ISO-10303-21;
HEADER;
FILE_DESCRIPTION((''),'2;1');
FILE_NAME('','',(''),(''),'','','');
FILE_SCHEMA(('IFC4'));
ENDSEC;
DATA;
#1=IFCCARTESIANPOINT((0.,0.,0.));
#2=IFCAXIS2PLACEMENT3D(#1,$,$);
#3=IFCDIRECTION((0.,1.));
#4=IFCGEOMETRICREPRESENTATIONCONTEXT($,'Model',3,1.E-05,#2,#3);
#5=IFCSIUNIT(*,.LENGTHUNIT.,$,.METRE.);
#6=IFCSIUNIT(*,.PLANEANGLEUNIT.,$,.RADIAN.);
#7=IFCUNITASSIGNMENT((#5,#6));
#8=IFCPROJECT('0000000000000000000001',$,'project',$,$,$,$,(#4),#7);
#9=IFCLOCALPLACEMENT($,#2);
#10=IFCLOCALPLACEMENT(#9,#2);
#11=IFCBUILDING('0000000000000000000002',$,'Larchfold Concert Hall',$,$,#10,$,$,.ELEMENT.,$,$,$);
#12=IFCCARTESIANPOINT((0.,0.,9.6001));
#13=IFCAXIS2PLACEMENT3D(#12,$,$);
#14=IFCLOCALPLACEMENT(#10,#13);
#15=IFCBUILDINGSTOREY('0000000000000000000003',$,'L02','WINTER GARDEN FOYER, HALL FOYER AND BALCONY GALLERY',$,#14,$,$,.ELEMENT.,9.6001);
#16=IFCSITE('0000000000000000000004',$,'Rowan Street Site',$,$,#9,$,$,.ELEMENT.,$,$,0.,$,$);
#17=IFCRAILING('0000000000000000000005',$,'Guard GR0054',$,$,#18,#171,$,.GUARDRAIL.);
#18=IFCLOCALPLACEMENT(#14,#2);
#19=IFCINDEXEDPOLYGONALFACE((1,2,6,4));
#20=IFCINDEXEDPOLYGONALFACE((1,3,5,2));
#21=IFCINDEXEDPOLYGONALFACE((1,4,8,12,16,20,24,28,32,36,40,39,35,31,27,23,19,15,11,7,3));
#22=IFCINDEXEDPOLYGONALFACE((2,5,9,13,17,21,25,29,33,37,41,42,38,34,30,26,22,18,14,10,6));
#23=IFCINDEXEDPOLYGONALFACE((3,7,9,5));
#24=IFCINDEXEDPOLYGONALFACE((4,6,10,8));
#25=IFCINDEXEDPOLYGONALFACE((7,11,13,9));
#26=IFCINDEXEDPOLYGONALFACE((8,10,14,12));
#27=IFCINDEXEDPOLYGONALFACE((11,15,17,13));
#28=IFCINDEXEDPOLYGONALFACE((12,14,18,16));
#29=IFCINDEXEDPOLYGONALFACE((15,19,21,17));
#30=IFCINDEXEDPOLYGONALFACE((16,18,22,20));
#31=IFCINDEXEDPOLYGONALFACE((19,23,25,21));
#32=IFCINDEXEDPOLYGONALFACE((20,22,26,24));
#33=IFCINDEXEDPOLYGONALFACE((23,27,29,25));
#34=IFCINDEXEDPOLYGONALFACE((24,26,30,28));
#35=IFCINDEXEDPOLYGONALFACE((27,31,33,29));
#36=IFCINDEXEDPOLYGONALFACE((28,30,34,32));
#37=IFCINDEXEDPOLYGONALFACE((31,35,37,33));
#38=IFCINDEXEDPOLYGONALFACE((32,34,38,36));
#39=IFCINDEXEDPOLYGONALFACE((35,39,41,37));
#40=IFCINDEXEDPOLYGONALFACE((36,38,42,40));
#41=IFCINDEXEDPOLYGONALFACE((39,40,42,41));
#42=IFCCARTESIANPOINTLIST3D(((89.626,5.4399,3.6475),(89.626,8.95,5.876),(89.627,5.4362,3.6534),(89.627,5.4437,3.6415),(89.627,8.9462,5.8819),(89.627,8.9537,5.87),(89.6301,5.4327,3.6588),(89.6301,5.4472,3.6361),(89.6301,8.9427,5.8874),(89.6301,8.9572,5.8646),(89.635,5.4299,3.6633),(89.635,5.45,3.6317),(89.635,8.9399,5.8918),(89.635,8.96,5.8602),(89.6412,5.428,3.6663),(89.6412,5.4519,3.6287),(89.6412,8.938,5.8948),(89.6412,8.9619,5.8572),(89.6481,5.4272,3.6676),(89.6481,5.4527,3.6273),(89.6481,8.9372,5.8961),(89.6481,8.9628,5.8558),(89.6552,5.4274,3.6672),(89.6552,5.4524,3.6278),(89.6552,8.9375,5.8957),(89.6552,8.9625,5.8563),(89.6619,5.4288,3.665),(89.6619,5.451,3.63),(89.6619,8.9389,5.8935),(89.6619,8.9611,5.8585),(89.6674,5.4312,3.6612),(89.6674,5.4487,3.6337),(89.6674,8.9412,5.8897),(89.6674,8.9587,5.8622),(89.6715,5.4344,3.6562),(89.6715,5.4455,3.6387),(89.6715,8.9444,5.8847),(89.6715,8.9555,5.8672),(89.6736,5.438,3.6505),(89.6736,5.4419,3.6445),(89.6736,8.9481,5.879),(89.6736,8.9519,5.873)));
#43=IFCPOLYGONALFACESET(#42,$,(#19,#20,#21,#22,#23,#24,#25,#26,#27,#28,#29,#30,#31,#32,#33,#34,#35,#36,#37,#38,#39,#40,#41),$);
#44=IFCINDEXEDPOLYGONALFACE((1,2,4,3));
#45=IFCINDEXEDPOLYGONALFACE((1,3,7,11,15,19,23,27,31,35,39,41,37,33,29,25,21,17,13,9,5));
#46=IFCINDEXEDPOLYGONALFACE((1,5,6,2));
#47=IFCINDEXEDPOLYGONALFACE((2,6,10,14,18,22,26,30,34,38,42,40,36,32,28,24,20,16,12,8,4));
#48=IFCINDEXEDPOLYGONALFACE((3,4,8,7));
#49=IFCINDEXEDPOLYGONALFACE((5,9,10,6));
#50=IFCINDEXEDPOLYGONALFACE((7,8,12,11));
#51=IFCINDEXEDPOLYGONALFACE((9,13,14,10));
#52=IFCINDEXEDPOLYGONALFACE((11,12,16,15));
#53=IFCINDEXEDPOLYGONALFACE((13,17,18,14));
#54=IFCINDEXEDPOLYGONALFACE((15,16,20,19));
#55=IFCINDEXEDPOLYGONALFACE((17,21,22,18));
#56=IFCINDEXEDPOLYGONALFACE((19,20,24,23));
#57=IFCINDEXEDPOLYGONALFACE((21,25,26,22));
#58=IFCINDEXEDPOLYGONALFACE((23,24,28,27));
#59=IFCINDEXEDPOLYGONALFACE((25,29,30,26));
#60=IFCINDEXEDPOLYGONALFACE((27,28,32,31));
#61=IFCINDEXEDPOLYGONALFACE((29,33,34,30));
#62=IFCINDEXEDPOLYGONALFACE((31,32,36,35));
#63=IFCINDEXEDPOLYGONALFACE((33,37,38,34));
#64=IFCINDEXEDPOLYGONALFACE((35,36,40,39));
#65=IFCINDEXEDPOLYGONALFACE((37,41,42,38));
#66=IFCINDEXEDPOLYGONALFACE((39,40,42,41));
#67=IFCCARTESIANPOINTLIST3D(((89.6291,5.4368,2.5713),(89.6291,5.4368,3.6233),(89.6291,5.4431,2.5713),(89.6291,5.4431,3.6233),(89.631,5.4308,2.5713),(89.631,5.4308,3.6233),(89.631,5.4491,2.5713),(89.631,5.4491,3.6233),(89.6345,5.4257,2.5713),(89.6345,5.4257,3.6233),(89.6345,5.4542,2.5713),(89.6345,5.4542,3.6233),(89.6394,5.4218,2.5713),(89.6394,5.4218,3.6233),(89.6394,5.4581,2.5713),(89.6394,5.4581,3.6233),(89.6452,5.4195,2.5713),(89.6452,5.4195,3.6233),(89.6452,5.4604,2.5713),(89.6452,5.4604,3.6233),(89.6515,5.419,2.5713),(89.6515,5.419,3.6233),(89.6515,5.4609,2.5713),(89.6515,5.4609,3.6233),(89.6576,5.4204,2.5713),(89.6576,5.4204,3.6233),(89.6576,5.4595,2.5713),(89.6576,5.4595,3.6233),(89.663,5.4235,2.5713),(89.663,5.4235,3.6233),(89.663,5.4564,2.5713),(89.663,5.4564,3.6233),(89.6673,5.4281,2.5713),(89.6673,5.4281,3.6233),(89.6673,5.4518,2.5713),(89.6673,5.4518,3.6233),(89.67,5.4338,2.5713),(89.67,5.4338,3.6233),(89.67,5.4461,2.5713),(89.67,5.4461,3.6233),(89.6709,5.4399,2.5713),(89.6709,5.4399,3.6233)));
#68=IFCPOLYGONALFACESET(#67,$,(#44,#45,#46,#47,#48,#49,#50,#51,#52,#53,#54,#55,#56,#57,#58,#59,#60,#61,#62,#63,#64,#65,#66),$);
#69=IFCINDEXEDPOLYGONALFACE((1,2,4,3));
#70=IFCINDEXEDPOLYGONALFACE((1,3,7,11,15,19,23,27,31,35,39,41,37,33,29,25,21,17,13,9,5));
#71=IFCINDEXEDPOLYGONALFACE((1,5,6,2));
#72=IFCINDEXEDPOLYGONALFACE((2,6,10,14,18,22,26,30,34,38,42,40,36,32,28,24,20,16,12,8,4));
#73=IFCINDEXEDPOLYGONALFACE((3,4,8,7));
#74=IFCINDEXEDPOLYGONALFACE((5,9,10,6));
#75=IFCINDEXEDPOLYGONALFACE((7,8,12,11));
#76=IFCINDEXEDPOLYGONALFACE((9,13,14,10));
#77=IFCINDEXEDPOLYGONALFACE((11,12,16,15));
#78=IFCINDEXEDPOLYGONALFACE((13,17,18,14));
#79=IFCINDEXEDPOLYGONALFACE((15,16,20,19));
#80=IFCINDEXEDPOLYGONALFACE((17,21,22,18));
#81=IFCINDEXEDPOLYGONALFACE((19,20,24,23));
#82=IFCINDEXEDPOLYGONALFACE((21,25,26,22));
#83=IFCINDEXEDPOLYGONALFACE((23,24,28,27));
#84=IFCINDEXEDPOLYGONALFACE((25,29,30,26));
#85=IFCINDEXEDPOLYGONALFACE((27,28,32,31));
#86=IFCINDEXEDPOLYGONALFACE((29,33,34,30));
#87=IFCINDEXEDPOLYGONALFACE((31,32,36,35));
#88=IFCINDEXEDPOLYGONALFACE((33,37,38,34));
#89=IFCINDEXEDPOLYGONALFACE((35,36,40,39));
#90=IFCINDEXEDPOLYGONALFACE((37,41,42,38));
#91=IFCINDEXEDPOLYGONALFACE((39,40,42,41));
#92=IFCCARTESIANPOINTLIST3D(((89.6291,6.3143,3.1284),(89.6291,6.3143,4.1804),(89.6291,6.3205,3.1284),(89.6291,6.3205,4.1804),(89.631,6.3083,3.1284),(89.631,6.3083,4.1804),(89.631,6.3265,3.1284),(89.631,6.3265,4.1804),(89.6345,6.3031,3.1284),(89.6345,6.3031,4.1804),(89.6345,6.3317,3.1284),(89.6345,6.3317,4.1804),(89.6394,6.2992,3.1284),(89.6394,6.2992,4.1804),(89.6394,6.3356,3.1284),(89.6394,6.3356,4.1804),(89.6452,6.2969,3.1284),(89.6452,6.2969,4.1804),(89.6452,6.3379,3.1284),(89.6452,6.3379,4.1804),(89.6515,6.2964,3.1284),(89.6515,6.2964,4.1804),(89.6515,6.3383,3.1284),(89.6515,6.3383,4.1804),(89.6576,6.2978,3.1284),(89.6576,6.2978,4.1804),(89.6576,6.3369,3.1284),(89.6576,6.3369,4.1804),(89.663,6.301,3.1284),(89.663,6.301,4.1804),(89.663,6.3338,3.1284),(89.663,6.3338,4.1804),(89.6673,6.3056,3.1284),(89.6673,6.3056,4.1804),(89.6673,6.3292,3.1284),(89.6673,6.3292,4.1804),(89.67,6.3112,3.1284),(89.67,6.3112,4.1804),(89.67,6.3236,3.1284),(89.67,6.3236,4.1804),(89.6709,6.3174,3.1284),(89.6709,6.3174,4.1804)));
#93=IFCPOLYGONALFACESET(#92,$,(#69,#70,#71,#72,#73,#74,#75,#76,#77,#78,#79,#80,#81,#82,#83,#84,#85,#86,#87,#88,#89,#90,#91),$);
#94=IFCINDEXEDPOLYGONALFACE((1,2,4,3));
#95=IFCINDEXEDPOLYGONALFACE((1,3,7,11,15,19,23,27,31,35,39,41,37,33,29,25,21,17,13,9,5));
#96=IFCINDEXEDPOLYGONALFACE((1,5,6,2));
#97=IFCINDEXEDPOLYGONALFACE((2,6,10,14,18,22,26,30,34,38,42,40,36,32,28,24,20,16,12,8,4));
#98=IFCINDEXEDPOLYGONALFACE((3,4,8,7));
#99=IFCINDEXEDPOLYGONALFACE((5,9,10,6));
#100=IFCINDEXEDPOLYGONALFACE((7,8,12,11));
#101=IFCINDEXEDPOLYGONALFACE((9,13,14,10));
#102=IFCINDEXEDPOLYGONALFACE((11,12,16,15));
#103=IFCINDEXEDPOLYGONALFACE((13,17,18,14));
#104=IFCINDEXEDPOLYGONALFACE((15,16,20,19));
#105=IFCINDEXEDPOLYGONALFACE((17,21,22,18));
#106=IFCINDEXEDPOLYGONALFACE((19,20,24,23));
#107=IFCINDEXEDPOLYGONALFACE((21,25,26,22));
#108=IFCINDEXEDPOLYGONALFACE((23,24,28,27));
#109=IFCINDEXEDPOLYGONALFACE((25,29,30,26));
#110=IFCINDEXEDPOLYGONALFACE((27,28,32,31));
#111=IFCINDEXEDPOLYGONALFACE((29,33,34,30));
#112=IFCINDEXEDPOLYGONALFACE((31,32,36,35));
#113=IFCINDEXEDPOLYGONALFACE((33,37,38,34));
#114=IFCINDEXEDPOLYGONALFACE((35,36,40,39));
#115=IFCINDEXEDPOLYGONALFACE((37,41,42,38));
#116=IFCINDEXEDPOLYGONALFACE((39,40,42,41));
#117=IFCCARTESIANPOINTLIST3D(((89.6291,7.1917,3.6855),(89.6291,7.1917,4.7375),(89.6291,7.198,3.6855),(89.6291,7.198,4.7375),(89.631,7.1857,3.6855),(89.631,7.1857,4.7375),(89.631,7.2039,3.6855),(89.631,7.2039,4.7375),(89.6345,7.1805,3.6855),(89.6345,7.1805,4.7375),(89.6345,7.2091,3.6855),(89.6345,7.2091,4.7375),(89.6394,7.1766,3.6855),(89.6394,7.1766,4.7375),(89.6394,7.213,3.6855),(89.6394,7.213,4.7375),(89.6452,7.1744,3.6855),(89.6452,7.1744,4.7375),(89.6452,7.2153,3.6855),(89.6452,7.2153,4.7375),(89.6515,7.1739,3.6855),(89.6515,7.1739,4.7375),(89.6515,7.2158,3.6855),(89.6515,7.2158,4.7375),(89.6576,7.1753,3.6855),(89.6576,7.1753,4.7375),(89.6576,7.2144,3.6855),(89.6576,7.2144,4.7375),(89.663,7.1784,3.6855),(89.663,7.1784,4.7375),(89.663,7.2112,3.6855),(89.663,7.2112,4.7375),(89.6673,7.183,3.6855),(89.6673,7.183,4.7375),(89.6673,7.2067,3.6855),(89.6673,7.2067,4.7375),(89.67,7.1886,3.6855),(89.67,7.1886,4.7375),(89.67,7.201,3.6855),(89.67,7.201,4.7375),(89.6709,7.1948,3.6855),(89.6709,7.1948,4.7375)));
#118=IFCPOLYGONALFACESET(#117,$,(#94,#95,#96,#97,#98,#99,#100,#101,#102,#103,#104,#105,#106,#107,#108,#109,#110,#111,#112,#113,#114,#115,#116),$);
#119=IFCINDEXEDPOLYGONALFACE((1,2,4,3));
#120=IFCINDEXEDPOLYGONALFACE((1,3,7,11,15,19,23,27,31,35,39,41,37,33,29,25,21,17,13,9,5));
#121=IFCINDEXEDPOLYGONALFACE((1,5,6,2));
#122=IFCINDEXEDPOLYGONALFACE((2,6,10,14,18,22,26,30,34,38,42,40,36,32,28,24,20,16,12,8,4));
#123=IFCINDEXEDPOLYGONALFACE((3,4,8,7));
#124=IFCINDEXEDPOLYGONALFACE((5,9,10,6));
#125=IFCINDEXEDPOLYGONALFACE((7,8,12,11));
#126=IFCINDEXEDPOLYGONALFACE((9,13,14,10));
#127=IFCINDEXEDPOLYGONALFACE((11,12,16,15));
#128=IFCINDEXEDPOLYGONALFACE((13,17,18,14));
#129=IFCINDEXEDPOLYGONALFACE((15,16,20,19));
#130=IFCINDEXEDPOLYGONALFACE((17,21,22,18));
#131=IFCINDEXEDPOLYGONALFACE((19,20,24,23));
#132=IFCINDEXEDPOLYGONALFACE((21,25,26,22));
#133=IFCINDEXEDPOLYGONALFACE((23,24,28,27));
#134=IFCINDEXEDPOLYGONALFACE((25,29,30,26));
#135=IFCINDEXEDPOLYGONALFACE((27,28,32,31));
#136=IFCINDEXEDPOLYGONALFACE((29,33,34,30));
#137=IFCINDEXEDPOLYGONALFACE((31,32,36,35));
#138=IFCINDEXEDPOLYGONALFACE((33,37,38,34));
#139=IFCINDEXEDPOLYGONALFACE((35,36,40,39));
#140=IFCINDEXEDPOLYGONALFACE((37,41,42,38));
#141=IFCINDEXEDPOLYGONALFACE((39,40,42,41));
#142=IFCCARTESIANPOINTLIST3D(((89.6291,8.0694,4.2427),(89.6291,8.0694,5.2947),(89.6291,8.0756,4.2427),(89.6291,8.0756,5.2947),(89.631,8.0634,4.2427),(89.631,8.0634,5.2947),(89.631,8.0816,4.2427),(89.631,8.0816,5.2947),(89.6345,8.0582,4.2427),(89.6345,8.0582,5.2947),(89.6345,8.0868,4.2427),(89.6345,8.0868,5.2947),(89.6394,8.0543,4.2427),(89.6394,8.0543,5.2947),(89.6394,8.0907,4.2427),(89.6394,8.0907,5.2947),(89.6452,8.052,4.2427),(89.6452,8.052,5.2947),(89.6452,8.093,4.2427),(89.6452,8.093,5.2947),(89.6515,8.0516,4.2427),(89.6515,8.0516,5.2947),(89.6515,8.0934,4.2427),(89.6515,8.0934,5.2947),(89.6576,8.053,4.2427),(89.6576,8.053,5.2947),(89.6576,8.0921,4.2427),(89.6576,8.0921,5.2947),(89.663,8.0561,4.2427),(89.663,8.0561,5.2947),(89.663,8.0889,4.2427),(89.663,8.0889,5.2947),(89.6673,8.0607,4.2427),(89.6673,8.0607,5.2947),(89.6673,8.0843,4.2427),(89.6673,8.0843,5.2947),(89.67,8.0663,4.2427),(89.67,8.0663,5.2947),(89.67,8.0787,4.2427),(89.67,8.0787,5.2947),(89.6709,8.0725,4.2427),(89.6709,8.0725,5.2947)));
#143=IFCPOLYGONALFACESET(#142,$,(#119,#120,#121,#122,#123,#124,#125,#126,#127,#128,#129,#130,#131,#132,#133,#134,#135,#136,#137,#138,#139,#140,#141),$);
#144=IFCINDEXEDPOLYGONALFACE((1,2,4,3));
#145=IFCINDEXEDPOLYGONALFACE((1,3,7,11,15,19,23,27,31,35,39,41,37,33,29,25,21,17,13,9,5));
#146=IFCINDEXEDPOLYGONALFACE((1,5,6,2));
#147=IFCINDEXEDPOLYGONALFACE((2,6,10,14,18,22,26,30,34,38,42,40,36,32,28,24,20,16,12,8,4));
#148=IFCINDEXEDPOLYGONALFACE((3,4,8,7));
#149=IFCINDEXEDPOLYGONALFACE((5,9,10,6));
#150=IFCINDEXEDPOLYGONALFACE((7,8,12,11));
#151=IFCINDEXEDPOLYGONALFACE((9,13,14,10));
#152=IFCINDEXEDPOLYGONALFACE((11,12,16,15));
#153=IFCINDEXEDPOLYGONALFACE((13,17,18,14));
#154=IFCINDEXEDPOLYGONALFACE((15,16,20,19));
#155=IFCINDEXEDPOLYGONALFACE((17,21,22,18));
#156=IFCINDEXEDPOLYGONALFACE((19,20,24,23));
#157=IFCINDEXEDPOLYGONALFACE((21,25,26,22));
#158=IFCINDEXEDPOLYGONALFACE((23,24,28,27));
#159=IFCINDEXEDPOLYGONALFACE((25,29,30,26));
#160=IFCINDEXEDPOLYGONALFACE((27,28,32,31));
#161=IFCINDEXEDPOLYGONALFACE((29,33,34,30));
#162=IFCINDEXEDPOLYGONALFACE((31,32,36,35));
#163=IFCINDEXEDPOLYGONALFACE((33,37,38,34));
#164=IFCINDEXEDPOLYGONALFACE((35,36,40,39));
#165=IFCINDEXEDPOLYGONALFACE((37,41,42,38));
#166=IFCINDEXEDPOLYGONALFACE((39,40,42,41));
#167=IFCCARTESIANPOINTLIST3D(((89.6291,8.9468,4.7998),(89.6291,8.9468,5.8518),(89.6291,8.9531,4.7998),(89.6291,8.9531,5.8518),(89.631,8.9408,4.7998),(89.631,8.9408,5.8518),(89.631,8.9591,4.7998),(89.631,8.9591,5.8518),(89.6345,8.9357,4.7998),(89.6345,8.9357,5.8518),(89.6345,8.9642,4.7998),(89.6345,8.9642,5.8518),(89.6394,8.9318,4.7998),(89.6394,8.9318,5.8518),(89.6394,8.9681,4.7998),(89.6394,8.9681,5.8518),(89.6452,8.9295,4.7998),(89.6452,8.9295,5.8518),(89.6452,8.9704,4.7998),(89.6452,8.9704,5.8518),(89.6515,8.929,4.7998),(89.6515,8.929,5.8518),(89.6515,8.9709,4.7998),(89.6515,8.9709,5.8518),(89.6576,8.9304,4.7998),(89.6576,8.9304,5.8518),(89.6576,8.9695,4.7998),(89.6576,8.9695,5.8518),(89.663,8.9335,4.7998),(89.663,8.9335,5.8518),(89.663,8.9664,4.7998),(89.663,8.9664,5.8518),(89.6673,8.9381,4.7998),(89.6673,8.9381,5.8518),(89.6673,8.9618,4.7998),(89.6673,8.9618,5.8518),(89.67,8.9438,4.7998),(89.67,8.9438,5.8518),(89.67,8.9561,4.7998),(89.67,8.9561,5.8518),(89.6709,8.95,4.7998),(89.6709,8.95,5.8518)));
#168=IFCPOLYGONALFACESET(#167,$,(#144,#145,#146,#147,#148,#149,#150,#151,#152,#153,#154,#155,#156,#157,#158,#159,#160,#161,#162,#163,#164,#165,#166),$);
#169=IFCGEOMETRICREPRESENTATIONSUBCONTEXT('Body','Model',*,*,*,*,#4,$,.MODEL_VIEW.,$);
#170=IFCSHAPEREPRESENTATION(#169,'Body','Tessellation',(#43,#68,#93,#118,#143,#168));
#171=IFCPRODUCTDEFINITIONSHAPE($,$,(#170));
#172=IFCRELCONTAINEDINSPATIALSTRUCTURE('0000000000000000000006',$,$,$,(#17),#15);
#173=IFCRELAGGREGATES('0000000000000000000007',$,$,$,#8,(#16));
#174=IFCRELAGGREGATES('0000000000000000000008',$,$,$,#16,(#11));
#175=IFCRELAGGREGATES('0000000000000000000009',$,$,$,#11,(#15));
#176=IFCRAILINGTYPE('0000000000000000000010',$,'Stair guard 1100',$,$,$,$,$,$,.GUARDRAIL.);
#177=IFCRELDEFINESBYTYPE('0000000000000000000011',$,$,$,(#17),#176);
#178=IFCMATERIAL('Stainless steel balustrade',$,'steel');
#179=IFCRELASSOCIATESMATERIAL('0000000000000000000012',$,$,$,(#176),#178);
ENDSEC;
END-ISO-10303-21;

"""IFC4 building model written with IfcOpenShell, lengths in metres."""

from ifc_helpers import new_model, si_unit, direction, frame, origin, origin_2d, place, context, subcontext, project, spatial, circle, extrude, material, type_object, element, save


model = new_model("IFC4")

# Units and contexts
model_context = context("Model", 3, precision=1e-05, world=origin(), true_north=direction((0.0, 1.0)))
body_context = subcontext(model_context, "Body", "Model", "MODEL_VIEW")
ifc_project = project(units=[si_unit("LENGTHUNIT", "METRE"), si_unit("PLANEANGLEUNIT", "RADIAN")], contexts=[model_context])

# Site, building, storey
site_placement = place(None, origin())
site = spatial("IfcSite", under=ifc_project, at=site_placement, Name="Rowan Street Site", CompositionType="ELEMENT", RefElevation=0.0)
building_placement = place(site_placement, origin())
building = spatial("IfcBuilding", under=site, at=building_placement, Name="Larchfold Concert Hall", CompositionType="ELEMENT")
storey_placement = place(building_placement, frame((0.0, 0.0, 9.6001)))
storey = spatial("IfcBuildingStorey", under=building, at=storey_placement, Name="L02", Description="WINTER GARDEN FOYER, HALL FOYER AND BALCONY GALLERY", CompositionType="ELEMENT", Elevation=9.6001)

# Railing
ifc_material_1 = material(Name="Stainless steel balustrade", Category="steel")
railing_type_1 = type_object("IfcRailingType", Name="Stair guard 1100", PredefinedType="GUARDRAIL", material=ifc_material_1)
railing_1_placement = place(storey_placement, frame((89.6499, 5.4399, 2.5713)))
element("IfcRailing", 1, at=railing_1_placement, inside=storey, type_object=railing_type_1, Name="Guard GR0054", PredefinedType="GUARDRAIL", context=body_context, shape_type="SweptSolid", body=[
    extrude(circle(Radius=0.0239, at=origin_2d()), frame((0.0, 0.0, 1.0762), z_axis=(0.0, 0.84422, 0.535998), x_axis=(-1.0, 0.0, 0.0)), (0.0, 0.0, 1.0), 4.1577),
    extrude(circle(Radius=0.021, at=origin_2d()), origin(), (0.0, 0.0, 1.0), 1.052),
    extrude(circle(Radius=0.021, at=origin_2d()), frame((0.0, 0.8774, 0.5571)), (0.0, 0.0, 1.0), 1.052),
    extrude(circle(Radius=0.021, at=origin_2d()), frame((0.0, 1.7549, 1.1143)), (0.0, 0.0, 1.0), 1.052),
    extrude(circle(Radius=0.021, at=origin_2d()), frame((0.0, 2.6326, 1.6714)), (0.0, 0.0, 1.0), 1.052),
    extrude(circle(Radius=0.021, at=origin_2d()), frame((0.0, 3.51, 2.2285)), (0.0, 0.0, 1.0), 1.052),
])

save(model, "model.ifc")
